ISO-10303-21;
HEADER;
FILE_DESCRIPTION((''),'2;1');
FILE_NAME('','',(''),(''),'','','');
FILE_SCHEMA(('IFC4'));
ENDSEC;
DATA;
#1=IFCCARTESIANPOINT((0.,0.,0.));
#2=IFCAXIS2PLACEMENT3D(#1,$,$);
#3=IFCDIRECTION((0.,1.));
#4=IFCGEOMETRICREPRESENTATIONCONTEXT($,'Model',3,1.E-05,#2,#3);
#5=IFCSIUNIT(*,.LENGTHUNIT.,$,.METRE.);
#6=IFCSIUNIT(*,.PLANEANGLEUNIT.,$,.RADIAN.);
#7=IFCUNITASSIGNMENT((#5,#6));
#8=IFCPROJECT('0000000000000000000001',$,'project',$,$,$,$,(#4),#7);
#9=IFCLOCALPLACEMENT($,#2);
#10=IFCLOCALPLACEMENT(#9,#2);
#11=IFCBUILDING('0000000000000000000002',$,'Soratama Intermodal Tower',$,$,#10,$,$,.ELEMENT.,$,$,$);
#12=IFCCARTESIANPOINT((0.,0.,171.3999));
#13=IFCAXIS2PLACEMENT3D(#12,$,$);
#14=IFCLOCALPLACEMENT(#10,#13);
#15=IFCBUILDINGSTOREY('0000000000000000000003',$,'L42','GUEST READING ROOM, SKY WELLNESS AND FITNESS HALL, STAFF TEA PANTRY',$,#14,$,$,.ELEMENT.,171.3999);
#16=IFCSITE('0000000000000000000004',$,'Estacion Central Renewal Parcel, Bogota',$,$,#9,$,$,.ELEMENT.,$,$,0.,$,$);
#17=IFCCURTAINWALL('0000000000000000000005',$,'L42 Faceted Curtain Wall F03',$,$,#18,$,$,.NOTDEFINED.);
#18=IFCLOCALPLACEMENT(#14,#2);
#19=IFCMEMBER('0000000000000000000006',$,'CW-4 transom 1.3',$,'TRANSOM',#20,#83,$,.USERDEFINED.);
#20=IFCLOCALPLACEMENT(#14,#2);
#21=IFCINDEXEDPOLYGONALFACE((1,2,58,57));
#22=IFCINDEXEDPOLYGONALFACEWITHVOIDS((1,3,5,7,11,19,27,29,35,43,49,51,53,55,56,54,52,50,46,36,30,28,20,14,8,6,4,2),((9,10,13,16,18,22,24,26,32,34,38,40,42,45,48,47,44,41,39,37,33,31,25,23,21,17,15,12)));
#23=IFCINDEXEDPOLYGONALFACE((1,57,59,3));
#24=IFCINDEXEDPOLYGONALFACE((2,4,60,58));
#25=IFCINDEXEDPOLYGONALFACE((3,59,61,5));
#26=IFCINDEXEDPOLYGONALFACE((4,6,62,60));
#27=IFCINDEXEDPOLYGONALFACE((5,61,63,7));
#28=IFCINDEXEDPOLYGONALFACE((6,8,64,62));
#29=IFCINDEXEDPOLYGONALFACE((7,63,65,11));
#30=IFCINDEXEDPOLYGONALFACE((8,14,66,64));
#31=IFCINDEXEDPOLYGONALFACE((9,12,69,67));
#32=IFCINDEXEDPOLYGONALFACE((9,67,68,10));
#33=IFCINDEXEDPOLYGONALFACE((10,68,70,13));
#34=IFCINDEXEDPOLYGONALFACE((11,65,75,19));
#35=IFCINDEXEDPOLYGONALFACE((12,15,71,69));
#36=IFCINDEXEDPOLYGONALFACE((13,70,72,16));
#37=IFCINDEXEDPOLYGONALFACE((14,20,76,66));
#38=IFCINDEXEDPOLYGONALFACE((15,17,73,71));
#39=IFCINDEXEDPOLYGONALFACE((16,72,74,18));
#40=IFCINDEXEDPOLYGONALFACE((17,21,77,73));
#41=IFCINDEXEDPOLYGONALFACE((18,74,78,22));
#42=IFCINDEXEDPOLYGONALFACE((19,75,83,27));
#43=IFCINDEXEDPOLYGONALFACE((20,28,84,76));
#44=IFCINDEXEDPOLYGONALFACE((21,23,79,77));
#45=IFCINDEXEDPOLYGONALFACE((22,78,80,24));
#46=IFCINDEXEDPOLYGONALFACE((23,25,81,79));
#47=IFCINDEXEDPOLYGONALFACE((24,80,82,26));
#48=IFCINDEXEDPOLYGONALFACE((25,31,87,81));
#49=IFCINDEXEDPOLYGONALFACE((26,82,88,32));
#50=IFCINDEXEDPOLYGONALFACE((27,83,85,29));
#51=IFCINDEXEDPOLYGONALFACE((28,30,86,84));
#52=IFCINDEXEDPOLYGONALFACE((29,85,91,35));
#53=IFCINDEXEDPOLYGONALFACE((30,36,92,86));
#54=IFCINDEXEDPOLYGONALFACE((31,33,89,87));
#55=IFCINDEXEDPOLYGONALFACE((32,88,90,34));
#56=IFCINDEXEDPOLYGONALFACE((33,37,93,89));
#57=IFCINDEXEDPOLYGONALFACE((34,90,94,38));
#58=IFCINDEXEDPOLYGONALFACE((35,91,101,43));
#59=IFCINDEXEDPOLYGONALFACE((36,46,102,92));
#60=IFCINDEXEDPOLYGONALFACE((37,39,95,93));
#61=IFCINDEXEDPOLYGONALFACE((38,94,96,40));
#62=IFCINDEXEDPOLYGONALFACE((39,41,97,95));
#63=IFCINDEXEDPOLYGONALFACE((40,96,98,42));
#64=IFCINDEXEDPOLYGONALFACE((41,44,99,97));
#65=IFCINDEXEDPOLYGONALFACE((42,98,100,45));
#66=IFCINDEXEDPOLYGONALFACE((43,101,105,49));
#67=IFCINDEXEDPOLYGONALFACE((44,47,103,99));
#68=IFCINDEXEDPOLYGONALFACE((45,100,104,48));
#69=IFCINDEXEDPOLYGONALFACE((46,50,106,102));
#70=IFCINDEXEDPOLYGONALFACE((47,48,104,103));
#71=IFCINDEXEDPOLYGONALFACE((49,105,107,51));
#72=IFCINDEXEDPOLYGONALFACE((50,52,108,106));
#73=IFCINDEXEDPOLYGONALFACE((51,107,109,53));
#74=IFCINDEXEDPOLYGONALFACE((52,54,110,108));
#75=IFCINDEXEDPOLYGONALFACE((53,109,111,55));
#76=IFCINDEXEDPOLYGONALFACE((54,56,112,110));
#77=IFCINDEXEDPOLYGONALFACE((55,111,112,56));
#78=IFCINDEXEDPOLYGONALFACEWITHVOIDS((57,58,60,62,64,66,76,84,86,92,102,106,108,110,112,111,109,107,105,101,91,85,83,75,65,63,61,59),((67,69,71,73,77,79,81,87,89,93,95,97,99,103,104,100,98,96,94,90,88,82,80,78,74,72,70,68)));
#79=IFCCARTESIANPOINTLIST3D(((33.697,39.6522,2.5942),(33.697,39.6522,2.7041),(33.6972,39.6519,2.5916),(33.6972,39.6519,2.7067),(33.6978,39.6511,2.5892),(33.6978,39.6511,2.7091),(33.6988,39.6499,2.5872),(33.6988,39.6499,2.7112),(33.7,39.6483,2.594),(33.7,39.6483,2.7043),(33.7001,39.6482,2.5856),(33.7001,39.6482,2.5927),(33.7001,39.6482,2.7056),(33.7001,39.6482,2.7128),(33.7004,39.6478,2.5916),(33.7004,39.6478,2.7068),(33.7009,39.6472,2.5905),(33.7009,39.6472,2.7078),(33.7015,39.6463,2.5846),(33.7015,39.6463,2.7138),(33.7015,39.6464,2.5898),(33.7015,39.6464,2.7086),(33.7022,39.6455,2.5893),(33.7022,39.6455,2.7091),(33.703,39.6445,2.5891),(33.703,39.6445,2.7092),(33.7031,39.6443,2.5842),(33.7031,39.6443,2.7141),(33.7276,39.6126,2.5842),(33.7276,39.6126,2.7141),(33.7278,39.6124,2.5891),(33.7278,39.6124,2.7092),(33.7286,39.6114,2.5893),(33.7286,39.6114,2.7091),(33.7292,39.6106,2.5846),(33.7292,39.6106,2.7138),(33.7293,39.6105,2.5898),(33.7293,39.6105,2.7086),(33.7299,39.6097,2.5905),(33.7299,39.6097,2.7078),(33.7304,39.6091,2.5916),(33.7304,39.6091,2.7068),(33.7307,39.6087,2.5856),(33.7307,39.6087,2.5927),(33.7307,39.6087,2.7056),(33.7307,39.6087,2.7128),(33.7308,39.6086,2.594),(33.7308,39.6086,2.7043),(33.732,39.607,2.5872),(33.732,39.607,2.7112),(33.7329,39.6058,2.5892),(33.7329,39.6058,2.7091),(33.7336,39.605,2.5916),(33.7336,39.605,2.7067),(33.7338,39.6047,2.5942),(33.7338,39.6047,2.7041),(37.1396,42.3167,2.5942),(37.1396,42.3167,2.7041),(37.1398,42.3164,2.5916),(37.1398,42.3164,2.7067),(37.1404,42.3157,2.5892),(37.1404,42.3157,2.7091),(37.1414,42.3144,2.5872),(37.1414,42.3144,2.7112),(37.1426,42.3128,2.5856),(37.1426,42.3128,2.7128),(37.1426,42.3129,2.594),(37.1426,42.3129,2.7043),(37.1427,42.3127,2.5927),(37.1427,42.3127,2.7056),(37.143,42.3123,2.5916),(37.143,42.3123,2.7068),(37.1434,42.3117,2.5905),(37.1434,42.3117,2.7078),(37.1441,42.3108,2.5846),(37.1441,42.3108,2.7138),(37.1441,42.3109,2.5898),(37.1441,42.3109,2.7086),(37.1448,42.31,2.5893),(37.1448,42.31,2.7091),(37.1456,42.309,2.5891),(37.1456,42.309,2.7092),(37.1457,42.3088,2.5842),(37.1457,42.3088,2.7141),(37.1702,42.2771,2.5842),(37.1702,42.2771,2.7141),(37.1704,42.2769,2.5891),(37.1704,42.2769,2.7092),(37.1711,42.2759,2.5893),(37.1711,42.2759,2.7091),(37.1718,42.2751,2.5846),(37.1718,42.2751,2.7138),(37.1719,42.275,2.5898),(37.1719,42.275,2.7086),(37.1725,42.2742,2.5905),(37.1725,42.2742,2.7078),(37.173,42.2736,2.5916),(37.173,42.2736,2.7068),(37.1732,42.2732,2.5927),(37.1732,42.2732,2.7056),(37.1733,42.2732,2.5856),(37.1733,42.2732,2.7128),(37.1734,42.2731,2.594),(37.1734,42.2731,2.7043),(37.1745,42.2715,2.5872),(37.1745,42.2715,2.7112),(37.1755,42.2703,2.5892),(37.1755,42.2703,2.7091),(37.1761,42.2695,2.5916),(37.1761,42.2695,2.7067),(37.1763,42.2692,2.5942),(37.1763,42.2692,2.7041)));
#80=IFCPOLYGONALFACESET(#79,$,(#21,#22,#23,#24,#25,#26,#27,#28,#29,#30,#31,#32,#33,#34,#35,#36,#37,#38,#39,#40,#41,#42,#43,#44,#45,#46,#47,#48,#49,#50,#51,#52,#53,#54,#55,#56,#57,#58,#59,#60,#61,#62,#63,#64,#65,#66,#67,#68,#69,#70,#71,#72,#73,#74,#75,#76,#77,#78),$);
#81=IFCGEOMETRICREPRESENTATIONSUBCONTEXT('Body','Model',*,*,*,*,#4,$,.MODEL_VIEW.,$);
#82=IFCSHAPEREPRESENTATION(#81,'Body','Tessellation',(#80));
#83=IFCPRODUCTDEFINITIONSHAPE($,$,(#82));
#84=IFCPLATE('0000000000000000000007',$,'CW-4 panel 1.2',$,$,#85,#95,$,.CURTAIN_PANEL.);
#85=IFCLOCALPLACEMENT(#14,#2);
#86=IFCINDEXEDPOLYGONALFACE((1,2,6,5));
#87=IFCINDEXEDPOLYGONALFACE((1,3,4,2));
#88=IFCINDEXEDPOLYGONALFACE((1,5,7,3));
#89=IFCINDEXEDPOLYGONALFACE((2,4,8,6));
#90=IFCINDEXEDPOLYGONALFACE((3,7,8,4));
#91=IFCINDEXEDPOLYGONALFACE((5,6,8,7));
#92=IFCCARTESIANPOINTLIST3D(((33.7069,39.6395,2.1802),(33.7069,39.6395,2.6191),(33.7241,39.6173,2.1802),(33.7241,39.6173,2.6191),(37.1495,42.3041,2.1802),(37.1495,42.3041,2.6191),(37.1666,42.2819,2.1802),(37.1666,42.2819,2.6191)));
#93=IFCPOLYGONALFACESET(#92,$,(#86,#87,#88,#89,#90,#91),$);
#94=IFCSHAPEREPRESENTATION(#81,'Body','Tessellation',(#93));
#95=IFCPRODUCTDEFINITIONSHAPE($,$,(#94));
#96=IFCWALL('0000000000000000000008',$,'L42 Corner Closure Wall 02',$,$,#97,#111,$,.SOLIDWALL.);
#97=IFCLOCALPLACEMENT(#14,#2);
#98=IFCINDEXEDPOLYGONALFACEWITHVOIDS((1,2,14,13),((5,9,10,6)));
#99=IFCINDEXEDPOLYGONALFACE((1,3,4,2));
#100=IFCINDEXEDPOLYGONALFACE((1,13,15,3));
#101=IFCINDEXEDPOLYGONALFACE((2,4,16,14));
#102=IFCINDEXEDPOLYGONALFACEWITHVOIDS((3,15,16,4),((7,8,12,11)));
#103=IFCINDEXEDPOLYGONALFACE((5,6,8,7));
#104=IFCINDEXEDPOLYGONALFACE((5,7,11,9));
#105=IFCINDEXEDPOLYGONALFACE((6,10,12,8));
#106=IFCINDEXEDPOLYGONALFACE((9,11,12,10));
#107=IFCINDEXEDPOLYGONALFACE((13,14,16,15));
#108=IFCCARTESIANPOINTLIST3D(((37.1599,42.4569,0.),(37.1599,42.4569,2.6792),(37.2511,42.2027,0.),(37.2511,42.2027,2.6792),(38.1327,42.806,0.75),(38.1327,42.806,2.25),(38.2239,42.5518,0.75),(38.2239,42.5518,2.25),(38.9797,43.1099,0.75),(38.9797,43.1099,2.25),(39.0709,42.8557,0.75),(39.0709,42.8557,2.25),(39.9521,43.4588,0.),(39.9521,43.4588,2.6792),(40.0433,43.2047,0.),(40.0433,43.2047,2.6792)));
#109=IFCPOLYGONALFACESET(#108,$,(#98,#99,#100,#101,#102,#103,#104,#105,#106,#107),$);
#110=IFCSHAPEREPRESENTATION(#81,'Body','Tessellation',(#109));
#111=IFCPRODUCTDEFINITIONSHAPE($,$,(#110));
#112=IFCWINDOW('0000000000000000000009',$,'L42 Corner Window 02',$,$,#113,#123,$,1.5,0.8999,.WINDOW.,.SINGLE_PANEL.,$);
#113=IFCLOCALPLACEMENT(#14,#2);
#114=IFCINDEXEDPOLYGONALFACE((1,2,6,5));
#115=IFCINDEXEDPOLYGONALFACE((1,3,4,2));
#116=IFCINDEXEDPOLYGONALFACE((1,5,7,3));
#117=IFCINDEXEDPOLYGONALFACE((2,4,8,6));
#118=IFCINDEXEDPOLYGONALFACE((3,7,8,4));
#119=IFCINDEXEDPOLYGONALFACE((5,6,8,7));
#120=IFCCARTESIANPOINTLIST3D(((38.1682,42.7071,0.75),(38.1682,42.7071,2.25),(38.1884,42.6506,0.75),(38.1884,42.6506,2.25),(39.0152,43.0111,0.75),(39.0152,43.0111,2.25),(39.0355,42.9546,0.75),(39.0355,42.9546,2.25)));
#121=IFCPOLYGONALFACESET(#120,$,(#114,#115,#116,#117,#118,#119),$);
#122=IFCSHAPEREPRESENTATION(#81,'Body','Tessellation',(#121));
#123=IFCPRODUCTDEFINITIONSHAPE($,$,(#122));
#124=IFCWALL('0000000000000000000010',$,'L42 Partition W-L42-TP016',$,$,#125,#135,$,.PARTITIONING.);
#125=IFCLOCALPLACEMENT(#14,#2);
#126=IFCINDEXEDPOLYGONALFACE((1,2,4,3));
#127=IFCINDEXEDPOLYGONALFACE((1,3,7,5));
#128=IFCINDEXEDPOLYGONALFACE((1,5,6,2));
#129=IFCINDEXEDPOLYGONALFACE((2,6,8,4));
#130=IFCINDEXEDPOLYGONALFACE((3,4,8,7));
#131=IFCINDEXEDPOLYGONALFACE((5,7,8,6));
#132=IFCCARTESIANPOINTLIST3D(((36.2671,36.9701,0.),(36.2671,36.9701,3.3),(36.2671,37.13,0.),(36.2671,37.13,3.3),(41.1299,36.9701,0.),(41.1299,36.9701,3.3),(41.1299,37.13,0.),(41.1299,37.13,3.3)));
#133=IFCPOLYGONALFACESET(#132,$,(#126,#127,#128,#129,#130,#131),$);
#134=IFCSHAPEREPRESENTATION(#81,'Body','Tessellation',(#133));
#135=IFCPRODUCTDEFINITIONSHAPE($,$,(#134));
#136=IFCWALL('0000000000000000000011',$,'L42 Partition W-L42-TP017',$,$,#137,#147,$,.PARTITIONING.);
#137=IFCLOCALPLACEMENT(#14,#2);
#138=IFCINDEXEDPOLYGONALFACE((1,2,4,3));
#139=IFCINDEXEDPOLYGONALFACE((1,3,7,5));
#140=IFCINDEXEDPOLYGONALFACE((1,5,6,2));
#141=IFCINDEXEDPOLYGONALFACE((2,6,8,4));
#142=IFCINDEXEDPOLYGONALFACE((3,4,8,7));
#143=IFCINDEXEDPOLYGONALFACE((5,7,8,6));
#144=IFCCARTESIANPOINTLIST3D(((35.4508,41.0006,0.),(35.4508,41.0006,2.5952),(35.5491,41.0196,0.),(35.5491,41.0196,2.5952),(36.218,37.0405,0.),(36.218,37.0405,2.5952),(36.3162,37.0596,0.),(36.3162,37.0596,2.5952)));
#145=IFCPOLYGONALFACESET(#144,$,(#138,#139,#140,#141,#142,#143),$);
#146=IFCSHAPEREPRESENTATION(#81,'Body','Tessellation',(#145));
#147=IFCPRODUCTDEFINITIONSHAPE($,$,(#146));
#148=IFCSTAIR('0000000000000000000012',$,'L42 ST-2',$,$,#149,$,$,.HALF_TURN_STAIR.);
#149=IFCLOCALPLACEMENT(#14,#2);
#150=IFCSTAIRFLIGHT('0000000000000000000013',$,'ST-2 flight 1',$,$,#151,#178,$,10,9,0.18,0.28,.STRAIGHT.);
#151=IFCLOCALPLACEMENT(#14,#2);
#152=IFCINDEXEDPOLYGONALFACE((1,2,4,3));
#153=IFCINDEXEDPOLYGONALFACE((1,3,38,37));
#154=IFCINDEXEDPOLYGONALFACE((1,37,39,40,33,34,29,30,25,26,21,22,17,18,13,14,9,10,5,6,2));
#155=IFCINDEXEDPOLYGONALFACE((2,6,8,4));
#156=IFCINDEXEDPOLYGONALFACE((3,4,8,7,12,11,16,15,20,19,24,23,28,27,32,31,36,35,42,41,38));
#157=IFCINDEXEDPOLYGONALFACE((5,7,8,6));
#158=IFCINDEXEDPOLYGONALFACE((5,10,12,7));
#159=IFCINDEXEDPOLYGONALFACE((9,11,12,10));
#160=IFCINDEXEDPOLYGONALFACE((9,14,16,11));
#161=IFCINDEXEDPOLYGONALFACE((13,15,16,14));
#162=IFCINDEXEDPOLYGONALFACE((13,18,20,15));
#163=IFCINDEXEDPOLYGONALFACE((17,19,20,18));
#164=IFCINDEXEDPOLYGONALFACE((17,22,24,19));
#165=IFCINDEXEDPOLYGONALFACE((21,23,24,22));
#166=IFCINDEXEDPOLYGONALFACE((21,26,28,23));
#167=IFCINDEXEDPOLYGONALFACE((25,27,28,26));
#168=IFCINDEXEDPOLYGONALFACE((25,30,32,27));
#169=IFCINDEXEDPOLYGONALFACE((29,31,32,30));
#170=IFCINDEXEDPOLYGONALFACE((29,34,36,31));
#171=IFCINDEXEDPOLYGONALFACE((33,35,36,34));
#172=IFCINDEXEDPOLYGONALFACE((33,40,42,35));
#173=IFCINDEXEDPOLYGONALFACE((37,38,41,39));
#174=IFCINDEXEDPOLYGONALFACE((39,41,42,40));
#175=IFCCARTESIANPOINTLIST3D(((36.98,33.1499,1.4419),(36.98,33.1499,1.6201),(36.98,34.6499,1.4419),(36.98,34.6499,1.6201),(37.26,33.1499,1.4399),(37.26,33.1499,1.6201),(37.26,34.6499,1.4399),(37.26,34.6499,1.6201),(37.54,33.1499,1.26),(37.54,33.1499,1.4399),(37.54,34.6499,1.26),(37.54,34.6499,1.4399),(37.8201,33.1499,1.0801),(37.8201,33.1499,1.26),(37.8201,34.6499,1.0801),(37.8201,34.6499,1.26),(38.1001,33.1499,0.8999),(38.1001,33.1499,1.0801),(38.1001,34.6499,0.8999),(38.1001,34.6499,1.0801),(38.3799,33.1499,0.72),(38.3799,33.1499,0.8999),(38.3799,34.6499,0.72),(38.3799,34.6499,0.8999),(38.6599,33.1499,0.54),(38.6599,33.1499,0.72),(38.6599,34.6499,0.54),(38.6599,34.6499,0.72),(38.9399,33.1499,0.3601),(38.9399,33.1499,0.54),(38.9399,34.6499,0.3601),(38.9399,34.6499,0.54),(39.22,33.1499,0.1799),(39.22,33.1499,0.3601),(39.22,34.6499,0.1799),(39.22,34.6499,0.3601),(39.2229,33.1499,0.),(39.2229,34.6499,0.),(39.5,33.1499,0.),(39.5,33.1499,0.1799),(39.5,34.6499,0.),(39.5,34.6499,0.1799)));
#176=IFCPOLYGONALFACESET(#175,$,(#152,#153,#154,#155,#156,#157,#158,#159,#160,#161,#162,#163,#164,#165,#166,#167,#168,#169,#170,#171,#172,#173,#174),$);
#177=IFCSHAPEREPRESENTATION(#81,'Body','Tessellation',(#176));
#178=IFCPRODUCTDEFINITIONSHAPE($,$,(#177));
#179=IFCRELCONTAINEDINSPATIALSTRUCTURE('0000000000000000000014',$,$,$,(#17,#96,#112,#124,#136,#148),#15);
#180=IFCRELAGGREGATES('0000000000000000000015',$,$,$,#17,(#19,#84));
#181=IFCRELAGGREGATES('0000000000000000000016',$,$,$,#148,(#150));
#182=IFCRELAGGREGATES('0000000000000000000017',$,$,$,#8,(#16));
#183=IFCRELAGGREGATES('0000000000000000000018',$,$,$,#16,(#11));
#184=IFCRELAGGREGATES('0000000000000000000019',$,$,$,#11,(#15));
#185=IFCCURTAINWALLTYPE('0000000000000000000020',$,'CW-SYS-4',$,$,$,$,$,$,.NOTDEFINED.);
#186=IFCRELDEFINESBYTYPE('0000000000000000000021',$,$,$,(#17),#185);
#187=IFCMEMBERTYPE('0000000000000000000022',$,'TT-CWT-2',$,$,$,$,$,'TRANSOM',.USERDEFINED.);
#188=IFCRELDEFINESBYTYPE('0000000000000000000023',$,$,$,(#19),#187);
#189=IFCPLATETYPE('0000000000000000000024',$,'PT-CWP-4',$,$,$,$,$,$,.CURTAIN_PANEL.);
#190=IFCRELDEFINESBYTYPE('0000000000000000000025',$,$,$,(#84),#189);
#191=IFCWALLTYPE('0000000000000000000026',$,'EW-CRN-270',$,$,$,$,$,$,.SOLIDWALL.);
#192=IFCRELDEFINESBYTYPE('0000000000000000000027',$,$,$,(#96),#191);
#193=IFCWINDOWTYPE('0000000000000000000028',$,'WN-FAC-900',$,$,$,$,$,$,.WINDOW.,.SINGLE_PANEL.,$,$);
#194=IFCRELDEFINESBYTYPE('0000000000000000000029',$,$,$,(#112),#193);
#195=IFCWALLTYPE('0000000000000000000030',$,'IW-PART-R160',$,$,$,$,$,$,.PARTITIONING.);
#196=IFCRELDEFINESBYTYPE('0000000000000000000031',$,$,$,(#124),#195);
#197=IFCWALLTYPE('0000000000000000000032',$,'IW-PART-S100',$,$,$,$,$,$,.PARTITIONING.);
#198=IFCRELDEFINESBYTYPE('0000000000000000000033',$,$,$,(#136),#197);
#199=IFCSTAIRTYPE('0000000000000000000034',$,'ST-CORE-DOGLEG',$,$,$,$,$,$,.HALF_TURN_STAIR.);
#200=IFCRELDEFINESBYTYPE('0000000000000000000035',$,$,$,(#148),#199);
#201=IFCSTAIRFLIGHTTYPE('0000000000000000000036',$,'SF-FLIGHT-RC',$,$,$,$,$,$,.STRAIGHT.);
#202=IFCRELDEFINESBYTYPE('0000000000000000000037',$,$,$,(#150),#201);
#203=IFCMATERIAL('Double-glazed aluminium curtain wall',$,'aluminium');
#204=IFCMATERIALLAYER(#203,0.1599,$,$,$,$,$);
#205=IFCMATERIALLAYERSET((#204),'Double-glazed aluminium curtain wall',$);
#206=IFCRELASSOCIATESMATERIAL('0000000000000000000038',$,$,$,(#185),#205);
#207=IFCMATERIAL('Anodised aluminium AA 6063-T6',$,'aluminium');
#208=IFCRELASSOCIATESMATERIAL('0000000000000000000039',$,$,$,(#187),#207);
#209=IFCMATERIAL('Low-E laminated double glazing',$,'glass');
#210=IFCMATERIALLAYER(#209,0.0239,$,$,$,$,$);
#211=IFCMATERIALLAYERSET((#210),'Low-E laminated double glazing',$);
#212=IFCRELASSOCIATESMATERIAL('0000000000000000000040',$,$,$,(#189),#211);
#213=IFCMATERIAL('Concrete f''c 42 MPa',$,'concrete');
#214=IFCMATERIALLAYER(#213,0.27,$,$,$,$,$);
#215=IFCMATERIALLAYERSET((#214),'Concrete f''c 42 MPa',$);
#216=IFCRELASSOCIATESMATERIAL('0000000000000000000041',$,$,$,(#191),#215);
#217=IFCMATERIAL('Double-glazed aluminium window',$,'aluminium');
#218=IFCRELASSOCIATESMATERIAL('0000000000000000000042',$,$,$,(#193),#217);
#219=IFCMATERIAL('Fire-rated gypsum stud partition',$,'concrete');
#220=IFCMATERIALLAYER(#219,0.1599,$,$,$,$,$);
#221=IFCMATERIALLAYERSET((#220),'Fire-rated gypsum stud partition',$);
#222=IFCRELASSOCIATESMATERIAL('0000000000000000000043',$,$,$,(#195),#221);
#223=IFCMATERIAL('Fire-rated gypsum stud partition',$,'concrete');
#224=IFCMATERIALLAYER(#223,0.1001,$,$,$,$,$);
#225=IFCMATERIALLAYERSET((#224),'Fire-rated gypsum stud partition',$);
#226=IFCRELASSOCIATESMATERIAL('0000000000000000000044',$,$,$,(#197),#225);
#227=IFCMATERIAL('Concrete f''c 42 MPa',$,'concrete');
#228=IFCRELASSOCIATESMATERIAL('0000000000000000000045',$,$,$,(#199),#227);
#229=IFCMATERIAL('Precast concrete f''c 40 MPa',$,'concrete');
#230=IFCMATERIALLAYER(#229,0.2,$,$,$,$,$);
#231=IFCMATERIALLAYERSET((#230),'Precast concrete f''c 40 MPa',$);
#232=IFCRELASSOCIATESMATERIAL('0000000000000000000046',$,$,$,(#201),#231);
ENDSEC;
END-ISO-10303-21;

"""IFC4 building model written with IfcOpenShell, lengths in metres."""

from ifc_helpers import new_model, si_unit, direction, frame, frame_2d, origin, origin_2d, place, context, subcontext, project, spatial, polyline, rectangle, hollow_rectangle, outline, extrude, material, layer, layer_set, material_profile, profile_set, type_object, element, fill, aggregate, save


model = new_model("IFC4")

# Units and contexts
model_context = context("Model", 3, precision=1e-05, world=origin(), true_north=direction((0.0, 1.0)))
body_context = subcontext(model_context, "Body", "Model", "MODEL_VIEW")
ifc_project = project(units=[si_unit("LENGTHUNIT", "METRE"), si_unit("PLANEANGLEUNIT", "RADIAN")], contexts=[model_context])

# Site, building, storey
site_placement = place(None, origin())
site = spatial("IfcSite", under=ifc_project, at=site_placement, Name="Estacion Central Renewal Parcel, Bogota", CompositionType="ELEMENT", RefElevation=0.0)
building_placement = place(site_placement, origin())
building = spatial("IfcBuilding", under=site, at=building_placement, Name="Soratama Intermodal Tower", CompositionType="ELEMENT")
storey_placement = place(building_placement, frame((0.0, 0.0, 171.3999)))
storey = spatial("IfcBuildingStorey", under=building, at=storey_placement, Name="L42", Description="GUEST READING ROOM, SKY WELLNESS AND FITNESS HALL, STAFF TEA PANTRY", CompositionType="ELEMENT", Elevation=171.3999)

# Shared definitions
ifc_material_1 = material(Name="Double-glazed aluminium curtain wall", Category="aluminium")
ifc_layer_1 = layer(ifc_material_1, 0.1599)
ifc_layer_set_1 = layer_set([ifc_layer_1], Name="Double-glazed aluminium curtain wall")
curtain_wall_type = type_object("IfcCurtainWallType", Name="CW-SYS-4", PredefinedType="NOTDEFINED", material=ifc_layer_set_1)

# Curtain wall, member, plate
curtain_wall_1_placement = place(storey_placement, origin())
curtain_wall_1 = element("IfcCurtainWall", 1, at=curtain_wall_1_placement, inside=storey, type_object=curtain_wall_type, Name="L42 Faceted Curtain Wall F03", PredefinedType="NOTDEFINED")
ifc_material_2 = material(Name="Anodised aluminium AA 6063-T6", Category="aluminium")
ifc_material_profile_1 = material_profile(ifc_material_2, hollow_rectangle(XDim=0.0601, YDim=0.1299, WallThickness=0.0049, InnerFilletRadius=0.0049, OuterFilletRadius=0.01, at=origin_2d()), Name="CWT130X60X5")
ifc_profile_set_1 = profile_set([ifc_material_profile_1], Name="Anodised aluminium AA 6063-T6")
member_type_1 = type_object("IfcMemberType", Name="TT-CWT-2", ElementType="TRANSOM", PredefinedType="USERDEFINED", material=ifc_profile_set_1)
member_1_placement = place(storey_placement, frame((37.158, 42.293, 2.6492), z_axis=(-0.790803, -0.612071, 0.0), x_axis=(0.612071, -0.790803, 0.0)))
member_1 = element("IfcMember", 2, at=member_1_placement, type_object=member_type_1, Name="CW-4 transom 1.3", ObjectType="TRANSOM", PredefinedType="USERDEFINED", context=body_context, shape_type="SweptSolid", body=[
    extrude(hollow_rectangle(XDim=0.0601, YDim=0.1299, WallThickness=0.0049, InnerFilletRadius=0.0049, OuterFilletRadius=0.01, at=origin_2d()), origin(), (0.0, 0.0, 1.0), 4.3533),
])
ifc_material_3 = material(Name="Low-E laminated double glazing", Category="glass")
ifc_layer_2 = layer(ifc_material_3, 0.0239)
ifc_layer_set_2 = layer_set([ifc_layer_2], Name="Low-E laminated double glazing")
plate_type = type_object("IfcPlateType", Name="PT-CWP-4", PredefinedType="CURTAIN_PANEL", material=ifc_layer_set_2)
plate_placement = place(storey_placement, frame((35.4368, 40.9607, 2.1802), z_axis=(0.0, 0.0, 1.0), x_axis=(-0.790801, -0.612073, 0.0)))
plate = element("IfcPlate", 3, at=plate_placement, type_object=plate_type, Name="CW-4 panel 1.2", PredefinedType="CURTAIN_PANEL", context=body_context, shape_type="SweptSolid", body=[
    extrude(rectangle(XDim=4.3533, YDim=0.0281, at=origin_2d()), origin(), (0.0, 0.0, 1.0), 0.439),
])
aggregate(curtain_wall_1, [member_1, plate])

# Wall, opening, window
ifc_material_4 = material(Name="Concrete f'c 42 MPa", Category="concrete")
ifc_layer_3 = layer(ifc_material_4, 0.27)
ifc_layer_set_3 = layer_set([ifc_layer_3], Name="Concrete f'c 42 MPa")
wall_type_1 = type_object("IfcWallType", Name="EW-CRN-270", PredefinedType="SOLIDWALL", material=ifc_layer_set_3)
wall_1_placement = place(storey_placement, frame((39.9978, 43.3318, 0.0), z_axis=(0.0, 0.0, 1.0), x_axis=(-0.941236, -0.337749, 0.0)))
wall_1 = element("IfcWall", 4, at=wall_1_placement, inside=storey, type_object=wall_type_1, Name="L42 Corner Closure Wall 02", PredefinedType="SOLIDWALL", context=body_context, shape_type="SweptSolid", body=[
    extrude(rectangle(XDim=2.9666, YDim=0.27, at=frame_2d((1.4834, 0.0))), origin(), (0.0, 0.0, 1.0), 2.6792),
])
opening_placement = place(wall_1_placement, frame((1.0332, 0.0, 0.75)))
opening = element("IfcOpeningElement", 5, at=opening_placement, cuts=wall_1, PredefinedType="OPENING", context=body_context, shape_type="SweptSolid", body=[
    extrude(rectangle(XDim=0.8999, YDim=1.5, at=frame_2d((0.45, 0.75))), frame((0.0, 0.145, 0.0), z_axis=(0.0, -1.0, 0.0), x_axis=(1.0, 0.0, 0.0)), (0.0, 0.0, 1.0), 0.29),
])
ifc_material_5 = material(Name="Double-glazed aluminium window", Category="aluminium")
window_type = type_object("IfcWindowType", Name="WN-FAC-900", PartitioningType="SINGLE_PANEL", PredefinedType="WINDOW", material=ifc_material_5)
window_placement = place(opening_placement, origin())
window = element("IfcWindow", 6, at=window_placement, inside=storey, type_object=window_type, Name="L42 Corner Window 02", OverallHeight=1.5, OverallWidth=0.8999, PartitioningType="SINGLE_PANEL", PredefinedType="WINDOW", context=body_context, shape_type="SweptSolid", body=[
    extrude(rectangle(XDim=0.8999, YDim=1.5, at=frame_2d((0.45, 0.75))), frame((0.0, 0.03, 0.0), z_axis=(0.0, -1.0, 0.0), x_axis=(1.0, 0.0, 0.0)), (0.0, 0.0, 1.0), 0.0601),
])
fill(opening, window)

# Walls
ifc_material_6 = material(Name="Fire-rated gypsum stud partition", Category="concrete")
ifc_layer_4 = layer(ifc_material_6, 0.1599)
ifc_layer_set_4 = layer_set([ifc_layer_4], Name="Fire-rated gypsum stud partition")
wall_type_2 = type_object("IfcWallType", Name="IW-PART-R160", PredefinedType="PARTITIONING", material=ifc_layer_set_4)
wall_2_placement = place(storey_placement, frame((36.2671, 37.05, 0.0), z_axis=(0.0, 0.0, 1.0), x_axis=(1.0, 0.0, 0.0)))
element("IfcWall", 7, at=wall_2_placement, inside=storey, type_object=wall_type_2, Name="L42 Partition W-L42-TP016", PredefinedType="PARTITIONING", context=body_context, shape_type="SweptSolid", body=[
    extrude(rectangle(XDim=4.8628, YDim=0.1599, at=frame_2d((2.4314, 0.0))), origin(), (0.0, 0.0, 1.0), 3.3),
])
ifc_material_7 = material(Name="Fire-rated gypsum stud partition", Category="concrete")
ifc_layer_5 = layer(ifc_material_7, 0.1001)
ifc_layer_set_5 = layer_set([ifc_layer_5], Name="Fire-rated gypsum stud partition")
wall_type_3 = type_object("IfcWallType", Name="IW-PART-S100", PredefinedType="PARTITIONING", material=ifc_layer_set_5)
wall_3_placement = place(storey_placement, frame((36.2671, 37.05, 0.0), z_axis=(0.0, 0.0, 1.0), x_axis=(-0.190176, 0.98175, 0.0)))
element("IfcWall", 8, at=wall_3_placement, inside=storey, type_object=wall_type_3, Name="L42 Partition W-L42-TP017", PredefinedType="PARTITIONING", context=body_context, shape_type="SweptSolid", body=[
    extrude(rectangle(XDim=4.0337, YDim=0.1001, at=frame_2d((2.0168, 0.0))), origin(), (0.0, 0.0, 1.0), 2.5952),
])

# Stair, stair flight
ifc_material_8 = material(Name="Concrete f'c 42 MPa", Category="concrete")
stair_type = type_object("IfcStairType", Name="ST-CORE-DOGLEG", PredefinedType="HALF_TURN_STAIR", material=ifc_material_8)
stair_placement = place(storey_placement, origin())
stair = element("IfcStair", 9, at=stair_placement, inside=storey, type_object=stair_type, Name="L42 ST-2", PredefinedType="HALF_TURN_STAIR")
ifc_material_9 = material(Name="Precast concrete f'c 40 MPa", Category="concrete")
ifc_layer_6 = layer(ifc_material_9, 0.2)
ifc_layer_set_6 = layer_set([ifc_layer_6], Name="Precast concrete f'c 40 MPa")
stair_flight_type = type_object("IfcStairFlightType", Name="SF-FLIGHT-RC", PredefinedType="STRAIGHT", material=ifc_layer_set_6)
stair_flight_placement = place(storey_placement, frame((39.5, 33.8999, 0.0), z_axis=(0.0, 0.0, 1.0), x_axis=(-1.0, 0.0, 0.0)))
stair_flight = element("IfcStairFlight", 10, at=stair_flight_placement, type_object=stair_flight_type, Name="ST-2 flight 1", NumberOfRisers=10, NumberOfTreads=9, PredefinedType="STRAIGHT", RiserHeight=0.18, TreadLength=0.28, context=body_context, shape_type="SweptSolid", body=[
    extrude(outline(polyline([(0.0, 0.0), (0.0, 0.1799), (0.28, 0.1799), (0.28, 0.3601), (0.5601, 0.3601), (0.5601, 0.54), (0.8401, 0.54), (0.8401, 0.72), (1.1201, 0.72), (1.1201, 0.8999), (1.3999, 0.8999), (1.3999, 1.0801), (1.6799, 1.0801), (1.6799, 1.26), (1.96, 1.26), (1.96, 1.4399), (2.24, 1.4399), (2.24, 1.6201), (2.52, 1.6201), (2.52, 1.8), (2.52, 1.4419), (0.2771, 0.0), (0.0, 0.0)])), frame((0.0, 0.75, 0.0), z_axis=(0.0, -1.0, 0.0), x_axis=(1.0, 0.0, 0.0)), (0.0, 0.0, 1.0), 1.5),
])
aggregate(stair, [stair_flight])

save(model, "model.ifc")
